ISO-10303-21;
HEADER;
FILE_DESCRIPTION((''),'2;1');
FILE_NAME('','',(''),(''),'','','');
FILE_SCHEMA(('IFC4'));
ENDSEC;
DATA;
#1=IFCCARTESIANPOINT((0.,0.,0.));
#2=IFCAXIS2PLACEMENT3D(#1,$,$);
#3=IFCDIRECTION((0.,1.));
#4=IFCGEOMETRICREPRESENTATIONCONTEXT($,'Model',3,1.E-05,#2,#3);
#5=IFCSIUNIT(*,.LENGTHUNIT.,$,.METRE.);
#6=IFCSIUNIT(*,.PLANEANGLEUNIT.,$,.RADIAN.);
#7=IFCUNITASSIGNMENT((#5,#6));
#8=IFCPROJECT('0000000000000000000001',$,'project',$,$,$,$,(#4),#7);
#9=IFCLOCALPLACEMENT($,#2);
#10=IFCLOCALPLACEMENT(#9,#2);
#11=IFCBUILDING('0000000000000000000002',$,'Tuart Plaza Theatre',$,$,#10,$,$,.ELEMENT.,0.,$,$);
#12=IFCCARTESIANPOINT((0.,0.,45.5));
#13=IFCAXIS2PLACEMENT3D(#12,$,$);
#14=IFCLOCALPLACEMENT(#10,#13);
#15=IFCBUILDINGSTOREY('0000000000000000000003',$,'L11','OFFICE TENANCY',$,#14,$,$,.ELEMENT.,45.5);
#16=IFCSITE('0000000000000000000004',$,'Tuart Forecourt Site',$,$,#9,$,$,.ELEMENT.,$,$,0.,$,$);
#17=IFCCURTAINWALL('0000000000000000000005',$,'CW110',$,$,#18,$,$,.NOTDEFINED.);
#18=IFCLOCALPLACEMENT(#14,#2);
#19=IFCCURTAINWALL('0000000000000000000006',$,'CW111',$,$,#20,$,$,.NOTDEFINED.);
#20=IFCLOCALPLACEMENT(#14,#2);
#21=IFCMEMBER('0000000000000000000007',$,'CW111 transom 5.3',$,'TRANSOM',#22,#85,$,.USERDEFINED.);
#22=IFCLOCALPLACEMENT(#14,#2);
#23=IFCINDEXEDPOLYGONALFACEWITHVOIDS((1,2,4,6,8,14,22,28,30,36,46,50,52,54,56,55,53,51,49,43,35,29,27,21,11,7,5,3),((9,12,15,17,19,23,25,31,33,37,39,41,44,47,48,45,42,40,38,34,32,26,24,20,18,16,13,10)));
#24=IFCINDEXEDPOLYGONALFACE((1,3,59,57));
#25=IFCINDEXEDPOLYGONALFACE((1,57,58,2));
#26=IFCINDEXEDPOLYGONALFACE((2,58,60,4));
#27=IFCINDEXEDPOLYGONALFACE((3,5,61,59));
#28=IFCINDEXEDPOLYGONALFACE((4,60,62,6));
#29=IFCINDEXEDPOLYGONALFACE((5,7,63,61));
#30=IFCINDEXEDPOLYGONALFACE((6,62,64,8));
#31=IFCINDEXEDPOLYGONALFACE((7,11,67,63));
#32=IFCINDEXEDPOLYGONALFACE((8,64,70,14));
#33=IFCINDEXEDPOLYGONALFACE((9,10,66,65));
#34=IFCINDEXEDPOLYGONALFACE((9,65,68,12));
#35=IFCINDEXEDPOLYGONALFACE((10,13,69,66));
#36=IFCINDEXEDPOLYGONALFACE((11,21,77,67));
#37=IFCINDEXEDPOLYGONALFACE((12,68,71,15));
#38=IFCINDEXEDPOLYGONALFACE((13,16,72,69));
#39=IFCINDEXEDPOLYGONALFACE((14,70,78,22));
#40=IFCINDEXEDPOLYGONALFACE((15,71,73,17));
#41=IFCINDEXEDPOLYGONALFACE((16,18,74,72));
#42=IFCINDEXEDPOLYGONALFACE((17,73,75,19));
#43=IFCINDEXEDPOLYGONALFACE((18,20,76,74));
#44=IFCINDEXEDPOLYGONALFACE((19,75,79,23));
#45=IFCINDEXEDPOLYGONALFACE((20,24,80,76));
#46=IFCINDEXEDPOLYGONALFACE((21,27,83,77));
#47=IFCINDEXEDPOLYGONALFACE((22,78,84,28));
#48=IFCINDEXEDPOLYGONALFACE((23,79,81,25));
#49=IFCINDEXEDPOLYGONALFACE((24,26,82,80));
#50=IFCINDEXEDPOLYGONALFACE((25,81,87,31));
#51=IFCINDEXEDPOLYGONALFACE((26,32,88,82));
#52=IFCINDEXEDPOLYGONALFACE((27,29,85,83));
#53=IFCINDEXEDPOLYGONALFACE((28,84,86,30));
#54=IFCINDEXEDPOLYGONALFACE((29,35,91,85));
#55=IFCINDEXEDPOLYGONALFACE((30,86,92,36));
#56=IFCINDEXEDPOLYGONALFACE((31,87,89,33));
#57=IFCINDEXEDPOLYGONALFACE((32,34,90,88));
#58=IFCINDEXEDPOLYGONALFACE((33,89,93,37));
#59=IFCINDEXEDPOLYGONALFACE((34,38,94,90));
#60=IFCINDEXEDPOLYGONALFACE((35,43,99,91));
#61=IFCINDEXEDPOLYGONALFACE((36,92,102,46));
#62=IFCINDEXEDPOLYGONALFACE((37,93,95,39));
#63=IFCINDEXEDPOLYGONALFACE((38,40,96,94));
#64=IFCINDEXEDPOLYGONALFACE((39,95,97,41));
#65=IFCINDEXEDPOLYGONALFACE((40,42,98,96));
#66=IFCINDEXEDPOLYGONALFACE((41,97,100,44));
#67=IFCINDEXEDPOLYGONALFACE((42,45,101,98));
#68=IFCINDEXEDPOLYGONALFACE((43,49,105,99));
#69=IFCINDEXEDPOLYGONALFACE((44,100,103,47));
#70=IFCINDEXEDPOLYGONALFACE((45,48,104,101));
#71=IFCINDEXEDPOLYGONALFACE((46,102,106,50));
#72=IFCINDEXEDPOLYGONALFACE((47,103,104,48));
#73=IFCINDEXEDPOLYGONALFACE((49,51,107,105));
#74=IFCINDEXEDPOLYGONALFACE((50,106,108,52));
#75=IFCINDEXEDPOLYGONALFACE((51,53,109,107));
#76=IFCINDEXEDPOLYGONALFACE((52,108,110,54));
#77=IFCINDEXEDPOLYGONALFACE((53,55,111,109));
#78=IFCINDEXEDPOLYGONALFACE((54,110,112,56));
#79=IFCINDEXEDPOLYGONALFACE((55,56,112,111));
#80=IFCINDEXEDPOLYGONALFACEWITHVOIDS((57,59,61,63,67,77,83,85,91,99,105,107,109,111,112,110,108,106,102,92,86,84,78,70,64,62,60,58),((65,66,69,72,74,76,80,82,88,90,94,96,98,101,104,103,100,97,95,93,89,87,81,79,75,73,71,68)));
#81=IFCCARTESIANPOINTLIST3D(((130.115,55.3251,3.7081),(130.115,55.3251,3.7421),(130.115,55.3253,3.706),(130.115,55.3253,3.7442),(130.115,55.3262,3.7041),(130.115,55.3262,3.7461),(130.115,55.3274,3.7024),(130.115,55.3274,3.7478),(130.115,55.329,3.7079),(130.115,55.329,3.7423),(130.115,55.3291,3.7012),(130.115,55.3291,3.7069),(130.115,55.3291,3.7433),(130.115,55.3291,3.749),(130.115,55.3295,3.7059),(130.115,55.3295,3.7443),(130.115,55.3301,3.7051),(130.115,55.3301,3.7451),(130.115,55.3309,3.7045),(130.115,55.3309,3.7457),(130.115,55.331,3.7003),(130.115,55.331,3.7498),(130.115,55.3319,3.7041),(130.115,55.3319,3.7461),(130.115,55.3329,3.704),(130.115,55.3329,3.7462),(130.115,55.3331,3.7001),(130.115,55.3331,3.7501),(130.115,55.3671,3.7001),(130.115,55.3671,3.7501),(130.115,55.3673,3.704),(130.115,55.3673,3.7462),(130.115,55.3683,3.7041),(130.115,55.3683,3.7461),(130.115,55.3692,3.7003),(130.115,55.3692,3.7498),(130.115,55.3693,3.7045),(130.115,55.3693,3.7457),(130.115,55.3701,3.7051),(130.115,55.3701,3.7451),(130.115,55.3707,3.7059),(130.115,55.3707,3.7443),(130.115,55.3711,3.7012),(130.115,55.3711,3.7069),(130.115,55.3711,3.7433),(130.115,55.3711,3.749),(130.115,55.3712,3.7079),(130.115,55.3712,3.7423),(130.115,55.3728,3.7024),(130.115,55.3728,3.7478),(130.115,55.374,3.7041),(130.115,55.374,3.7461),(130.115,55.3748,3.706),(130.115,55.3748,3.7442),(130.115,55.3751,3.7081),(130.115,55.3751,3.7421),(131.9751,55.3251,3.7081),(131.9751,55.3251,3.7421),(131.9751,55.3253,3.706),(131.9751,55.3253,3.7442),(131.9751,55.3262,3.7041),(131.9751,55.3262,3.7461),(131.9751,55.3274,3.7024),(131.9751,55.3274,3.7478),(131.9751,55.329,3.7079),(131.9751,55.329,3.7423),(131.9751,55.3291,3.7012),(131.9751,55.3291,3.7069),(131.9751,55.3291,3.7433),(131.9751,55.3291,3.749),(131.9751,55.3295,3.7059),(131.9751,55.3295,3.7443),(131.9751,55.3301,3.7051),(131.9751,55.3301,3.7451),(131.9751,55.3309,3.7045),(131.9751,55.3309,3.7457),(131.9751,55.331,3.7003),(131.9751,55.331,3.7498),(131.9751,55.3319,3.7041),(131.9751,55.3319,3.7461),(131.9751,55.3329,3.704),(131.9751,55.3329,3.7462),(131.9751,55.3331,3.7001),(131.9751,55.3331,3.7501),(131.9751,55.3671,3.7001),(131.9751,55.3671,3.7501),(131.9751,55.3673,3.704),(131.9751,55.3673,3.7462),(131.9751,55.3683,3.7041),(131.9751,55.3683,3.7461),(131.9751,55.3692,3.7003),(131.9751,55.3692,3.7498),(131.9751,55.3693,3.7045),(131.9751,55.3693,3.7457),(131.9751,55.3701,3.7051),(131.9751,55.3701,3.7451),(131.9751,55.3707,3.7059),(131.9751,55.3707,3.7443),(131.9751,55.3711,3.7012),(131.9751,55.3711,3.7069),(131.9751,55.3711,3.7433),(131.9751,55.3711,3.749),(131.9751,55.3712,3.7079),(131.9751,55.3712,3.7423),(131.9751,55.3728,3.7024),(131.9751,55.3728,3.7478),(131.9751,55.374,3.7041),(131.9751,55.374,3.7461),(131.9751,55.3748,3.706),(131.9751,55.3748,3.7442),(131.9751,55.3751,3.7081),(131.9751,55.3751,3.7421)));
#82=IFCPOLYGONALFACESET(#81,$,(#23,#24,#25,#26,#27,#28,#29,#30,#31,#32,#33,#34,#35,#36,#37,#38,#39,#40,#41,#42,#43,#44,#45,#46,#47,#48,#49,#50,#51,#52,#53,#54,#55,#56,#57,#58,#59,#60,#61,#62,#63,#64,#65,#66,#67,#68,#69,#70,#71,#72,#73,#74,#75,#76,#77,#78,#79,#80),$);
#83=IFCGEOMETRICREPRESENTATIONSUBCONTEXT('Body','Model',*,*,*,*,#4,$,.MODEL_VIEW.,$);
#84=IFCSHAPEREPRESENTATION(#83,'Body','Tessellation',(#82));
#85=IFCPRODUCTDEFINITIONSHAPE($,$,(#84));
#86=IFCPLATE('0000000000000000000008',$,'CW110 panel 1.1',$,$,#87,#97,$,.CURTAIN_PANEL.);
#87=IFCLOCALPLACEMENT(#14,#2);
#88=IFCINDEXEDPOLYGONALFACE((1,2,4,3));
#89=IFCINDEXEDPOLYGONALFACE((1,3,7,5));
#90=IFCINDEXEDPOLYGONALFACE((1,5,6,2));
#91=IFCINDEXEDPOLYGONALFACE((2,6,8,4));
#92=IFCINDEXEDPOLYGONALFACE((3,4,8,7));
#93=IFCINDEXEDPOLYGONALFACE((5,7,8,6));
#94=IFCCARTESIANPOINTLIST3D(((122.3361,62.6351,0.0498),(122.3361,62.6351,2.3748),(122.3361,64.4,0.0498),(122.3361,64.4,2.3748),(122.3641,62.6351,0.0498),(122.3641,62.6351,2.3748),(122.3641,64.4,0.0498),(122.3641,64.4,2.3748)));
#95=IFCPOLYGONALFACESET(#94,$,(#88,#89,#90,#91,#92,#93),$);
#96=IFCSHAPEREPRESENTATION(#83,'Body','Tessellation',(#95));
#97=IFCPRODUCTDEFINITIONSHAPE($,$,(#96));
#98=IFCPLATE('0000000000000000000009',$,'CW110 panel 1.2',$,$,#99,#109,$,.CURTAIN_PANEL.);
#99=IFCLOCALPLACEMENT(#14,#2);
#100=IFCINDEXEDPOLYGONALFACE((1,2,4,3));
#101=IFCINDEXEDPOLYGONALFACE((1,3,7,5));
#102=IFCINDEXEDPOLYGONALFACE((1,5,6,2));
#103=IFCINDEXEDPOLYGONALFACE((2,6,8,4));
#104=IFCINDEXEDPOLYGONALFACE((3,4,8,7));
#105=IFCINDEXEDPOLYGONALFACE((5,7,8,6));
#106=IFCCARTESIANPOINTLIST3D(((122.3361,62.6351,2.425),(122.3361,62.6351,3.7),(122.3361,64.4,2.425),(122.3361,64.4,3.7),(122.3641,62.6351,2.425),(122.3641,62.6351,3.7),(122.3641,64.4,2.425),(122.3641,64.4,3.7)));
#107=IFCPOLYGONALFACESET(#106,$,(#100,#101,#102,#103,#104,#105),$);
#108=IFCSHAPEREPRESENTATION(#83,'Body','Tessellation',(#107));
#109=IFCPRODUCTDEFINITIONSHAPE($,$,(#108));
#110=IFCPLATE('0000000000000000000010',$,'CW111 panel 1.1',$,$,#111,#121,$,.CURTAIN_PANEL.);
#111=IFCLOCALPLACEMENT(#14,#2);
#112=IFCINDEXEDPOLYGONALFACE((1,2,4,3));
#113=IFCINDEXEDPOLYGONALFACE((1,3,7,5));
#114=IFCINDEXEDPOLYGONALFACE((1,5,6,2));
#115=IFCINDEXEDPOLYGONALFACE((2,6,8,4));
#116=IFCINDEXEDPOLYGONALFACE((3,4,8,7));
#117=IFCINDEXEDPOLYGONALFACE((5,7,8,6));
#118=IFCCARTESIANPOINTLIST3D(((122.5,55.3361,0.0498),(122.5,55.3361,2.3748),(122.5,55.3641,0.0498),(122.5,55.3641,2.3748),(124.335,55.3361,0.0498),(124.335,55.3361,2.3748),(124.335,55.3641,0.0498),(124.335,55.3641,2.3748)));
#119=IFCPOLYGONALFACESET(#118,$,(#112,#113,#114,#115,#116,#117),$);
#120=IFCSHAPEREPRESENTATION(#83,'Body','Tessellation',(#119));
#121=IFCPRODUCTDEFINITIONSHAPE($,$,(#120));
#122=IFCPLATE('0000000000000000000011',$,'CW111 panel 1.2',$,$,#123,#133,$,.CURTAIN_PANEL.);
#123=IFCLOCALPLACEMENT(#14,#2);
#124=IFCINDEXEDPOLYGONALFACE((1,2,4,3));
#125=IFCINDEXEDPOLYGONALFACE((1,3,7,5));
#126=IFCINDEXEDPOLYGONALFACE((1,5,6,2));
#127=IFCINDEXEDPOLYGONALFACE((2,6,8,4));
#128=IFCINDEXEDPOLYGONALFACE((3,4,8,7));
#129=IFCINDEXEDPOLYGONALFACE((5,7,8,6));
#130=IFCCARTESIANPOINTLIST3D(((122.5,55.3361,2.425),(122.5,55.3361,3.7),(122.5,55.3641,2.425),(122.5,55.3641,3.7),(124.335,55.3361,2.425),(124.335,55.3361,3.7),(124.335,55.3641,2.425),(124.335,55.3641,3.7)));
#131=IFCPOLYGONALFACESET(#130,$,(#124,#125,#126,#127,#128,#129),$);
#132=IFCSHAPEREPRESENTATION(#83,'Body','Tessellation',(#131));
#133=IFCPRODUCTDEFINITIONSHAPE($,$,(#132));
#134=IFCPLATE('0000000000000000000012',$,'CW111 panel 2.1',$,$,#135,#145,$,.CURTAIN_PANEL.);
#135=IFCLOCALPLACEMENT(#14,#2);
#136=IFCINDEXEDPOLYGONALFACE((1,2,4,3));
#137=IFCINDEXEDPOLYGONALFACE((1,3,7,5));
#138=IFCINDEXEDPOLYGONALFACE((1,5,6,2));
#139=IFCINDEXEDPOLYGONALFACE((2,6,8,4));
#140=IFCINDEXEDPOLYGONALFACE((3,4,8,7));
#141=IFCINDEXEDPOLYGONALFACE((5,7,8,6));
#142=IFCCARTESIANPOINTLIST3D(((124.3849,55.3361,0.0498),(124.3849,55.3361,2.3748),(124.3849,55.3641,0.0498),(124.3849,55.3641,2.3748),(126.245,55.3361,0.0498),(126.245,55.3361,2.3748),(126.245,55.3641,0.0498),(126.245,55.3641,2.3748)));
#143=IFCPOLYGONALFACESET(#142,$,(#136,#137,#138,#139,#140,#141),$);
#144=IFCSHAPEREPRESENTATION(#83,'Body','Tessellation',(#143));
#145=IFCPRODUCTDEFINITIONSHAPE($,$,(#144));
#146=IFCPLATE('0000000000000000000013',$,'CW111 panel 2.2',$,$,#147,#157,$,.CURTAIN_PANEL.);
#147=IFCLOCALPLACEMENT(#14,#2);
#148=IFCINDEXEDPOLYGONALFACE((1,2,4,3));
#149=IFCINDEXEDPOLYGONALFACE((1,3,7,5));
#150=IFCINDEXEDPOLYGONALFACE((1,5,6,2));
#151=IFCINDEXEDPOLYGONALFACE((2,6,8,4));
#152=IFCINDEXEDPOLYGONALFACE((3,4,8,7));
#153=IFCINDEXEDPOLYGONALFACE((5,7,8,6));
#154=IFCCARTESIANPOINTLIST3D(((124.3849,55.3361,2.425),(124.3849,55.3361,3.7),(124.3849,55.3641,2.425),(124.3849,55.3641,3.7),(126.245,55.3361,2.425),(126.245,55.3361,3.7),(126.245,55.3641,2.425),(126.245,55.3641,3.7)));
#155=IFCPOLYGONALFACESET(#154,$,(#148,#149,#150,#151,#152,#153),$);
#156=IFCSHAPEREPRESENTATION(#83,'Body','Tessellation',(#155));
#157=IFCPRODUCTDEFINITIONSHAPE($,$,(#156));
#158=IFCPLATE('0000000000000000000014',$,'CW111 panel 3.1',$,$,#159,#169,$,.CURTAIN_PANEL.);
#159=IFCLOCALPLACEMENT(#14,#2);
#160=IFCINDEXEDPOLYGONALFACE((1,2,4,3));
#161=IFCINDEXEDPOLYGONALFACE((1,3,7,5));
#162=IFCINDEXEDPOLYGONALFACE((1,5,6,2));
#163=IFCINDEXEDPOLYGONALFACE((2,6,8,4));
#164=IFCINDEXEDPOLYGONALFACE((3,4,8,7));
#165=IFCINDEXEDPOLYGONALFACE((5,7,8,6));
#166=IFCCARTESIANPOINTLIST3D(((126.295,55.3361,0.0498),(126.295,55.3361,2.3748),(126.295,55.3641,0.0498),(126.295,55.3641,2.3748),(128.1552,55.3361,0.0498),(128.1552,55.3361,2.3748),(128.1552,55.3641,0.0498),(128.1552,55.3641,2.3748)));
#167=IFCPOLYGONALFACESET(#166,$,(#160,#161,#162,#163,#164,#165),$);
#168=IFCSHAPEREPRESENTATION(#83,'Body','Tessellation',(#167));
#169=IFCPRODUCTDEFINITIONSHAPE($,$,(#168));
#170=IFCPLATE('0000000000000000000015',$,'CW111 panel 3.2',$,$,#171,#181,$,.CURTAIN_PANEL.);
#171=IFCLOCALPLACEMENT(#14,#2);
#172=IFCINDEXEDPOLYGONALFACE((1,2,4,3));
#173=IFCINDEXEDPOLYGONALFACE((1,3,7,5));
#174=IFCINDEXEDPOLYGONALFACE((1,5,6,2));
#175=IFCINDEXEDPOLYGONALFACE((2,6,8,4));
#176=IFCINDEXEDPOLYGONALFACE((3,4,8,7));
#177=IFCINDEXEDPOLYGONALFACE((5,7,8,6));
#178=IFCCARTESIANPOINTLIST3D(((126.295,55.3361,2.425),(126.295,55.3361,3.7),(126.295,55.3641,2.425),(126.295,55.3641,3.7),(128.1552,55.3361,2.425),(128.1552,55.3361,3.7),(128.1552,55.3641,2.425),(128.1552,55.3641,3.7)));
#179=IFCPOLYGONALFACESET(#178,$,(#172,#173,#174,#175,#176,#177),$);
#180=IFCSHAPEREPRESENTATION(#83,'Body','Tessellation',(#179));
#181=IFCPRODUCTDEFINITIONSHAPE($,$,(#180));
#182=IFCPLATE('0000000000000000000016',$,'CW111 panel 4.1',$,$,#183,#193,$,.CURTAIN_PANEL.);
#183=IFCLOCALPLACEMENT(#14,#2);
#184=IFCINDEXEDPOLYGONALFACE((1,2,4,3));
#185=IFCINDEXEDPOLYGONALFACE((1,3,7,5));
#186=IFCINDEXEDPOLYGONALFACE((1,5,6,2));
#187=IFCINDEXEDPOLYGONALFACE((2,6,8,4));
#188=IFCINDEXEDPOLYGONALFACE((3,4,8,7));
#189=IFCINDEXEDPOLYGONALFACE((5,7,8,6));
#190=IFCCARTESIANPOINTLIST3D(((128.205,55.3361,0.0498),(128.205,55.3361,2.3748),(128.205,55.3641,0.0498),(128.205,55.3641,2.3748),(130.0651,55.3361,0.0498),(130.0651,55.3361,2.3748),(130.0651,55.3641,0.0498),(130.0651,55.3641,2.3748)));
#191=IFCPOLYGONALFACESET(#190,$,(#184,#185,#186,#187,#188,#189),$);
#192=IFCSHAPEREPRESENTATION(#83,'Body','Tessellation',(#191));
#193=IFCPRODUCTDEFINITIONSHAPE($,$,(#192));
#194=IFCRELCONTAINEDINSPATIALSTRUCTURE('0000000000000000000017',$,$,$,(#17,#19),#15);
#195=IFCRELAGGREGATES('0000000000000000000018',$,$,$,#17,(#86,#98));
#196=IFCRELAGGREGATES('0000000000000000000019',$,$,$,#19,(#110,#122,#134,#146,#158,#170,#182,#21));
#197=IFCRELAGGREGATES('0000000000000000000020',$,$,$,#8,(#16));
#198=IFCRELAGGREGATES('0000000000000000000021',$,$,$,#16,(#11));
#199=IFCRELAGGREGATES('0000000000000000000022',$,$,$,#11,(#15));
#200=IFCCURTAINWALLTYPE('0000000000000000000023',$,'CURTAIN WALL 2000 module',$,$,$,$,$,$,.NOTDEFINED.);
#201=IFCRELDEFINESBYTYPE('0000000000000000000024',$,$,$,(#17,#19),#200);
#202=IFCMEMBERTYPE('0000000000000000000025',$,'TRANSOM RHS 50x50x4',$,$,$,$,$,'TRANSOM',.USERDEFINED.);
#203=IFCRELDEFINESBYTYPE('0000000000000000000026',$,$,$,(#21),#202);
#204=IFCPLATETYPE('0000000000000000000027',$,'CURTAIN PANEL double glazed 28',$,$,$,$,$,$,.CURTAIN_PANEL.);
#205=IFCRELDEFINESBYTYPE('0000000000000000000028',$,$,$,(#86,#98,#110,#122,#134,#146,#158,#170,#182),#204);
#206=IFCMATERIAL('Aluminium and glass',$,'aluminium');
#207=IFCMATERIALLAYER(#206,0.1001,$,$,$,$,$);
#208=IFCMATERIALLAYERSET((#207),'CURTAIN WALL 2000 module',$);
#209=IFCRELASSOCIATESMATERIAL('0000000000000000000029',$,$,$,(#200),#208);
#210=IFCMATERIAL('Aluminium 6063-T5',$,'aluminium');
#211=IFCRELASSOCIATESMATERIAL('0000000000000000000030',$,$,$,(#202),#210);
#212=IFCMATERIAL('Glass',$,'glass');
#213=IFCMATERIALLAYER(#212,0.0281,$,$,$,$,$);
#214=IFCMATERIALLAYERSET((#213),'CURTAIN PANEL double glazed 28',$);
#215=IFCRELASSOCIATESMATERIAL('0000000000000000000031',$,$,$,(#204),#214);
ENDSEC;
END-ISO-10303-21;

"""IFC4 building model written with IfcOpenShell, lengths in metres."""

from ifc_helpers import new_model, si_unit, direction, frame, origin, origin_2d, place, context, subcontext, project, spatial, rectangle, hollow_rectangle, extrude, material, layer, layer_set, material_profile, profile_set, type_object, element, aggregate, save


model = new_model("IFC4")

# Units and contexts
model_context = context("Model", 3, precision=1e-05, world=origin(), true_north=direction((0.0, 1.0)))
body_context = subcontext(model_context, "Body", "Model", "MODEL_VIEW")
ifc_project = project(units=[si_unit("LENGTHUNIT", "METRE"), si_unit("PLANEANGLEUNIT", "RADIAN")], contexts=[model_context])

# Site, building, storey
site_placement = place(None, origin())
site = spatial("IfcSite", under=ifc_project, at=site_placement, Name="Tuart Forecourt Site", CompositionType="ELEMENT", RefElevation=0.0)
building_placement = place(site_placement, origin())
building = spatial("IfcBuilding", under=site, at=building_placement, Name="Tuart Plaza Theatre", CompositionType="ELEMENT", ElevationOfRefHeight=0.0)
storey_placement = place(building_placement, frame((0.0, 0.0, 45.5)))
storey = spatial("IfcBuildingStorey", under=building, at=storey_placement, Name="L11", Description="OFFICE TENANCY", CompositionType="ELEMENT", Elevation=45.5)

# Curtain walls
ifc_material_1 = material(Name="Aluminium and glass", Category="aluminium")
ifc_layer_1 = layer(ifc_material_1, 0.1001)
ifc_layer_set_1 = layer_set([ifc_layer_1], Name="CURTAIN WALL 2000 module")
curtain_wall_type = type_object("IfcCurtainWallType", Name="CURTAIN WALL 2000 module", PredefinedType="NOTDEFINED", material=ifc_layer_set_1)
curtain_wall_1_placement = place(storey_placement, origin())
curtain_wall_1 = element("IfcCurtainWall", 1, at=curtain_wall_1_placement, inside=storey, type_object=curtain_wall_type, Name="CW110", PredefinedType="NOTDEFINED")
curtain_wall_2_placement = place(storey_placement, origin())
curtain_wall_2 = element("IfcCurtainWall", 2, at=curtain_wall_2_placement, inside=storey, type_object=curtain_wall_type, Name="CW111", PredefinedType="NOTDEFINED")

# Member
ifc_material_2 = material(Name="Aluminium 6063-T5", Category="aluminium")
ifc_material_profile_1 = material_profile(ifc_material_2, hollow_rectangle(XDim=0.05, YDim=0.05, WallThickness=0.0039, InnerFilletRadius=0.0039, OuterFilletRadius=0.0081, at=origin_2d()), Name="RHS 50x50x4")
ifc_profile_set_1 = profile_set([ifc_material_profile_1], Name="Aluminium 6063-T5")
member_type_1 = type_object("IfcMemberType", Name="TRANSOM RHS 50x50x4", ElementType="TRANSOM", PredefinedType="USERDEFINED", material=ifc_profile_set_1)
member_1_placement = place(storey_placement, frame((130.115, 55.3501, 3.7251), z_axis=(1.0, 0.0, 0.0), x_axis=(0.0, 1.0, 0.0)))
member_1 = element("IfcMember", 3, at=member_1_placement, type_object=member_type_1, Name="CW111 transom 5.3", ObjectType="TRANSOM", PredefinedType="USERDEFINED", context=body_context, shape_type="SweptSolid", body=[
    extrude(hollow_rectangle(XDim=0.05, YDim=0.05, WallThickness=0.0039, InnerFilletRadius=0.0039, OuterFilletRadius=0.0081, at=origin_2d()), origin(), (0.0, 0.0, 1.0), 1.8601),
])

# Plates
ifc_material_3 = material(Name="Glass", Category="glass")
ifc_layer_2 = layer(ifc_material_3, 0.0281)
ifc_layer_set_2 = layer_set([ifc_layer_2], Name="CURTAIN PANEL double glazed 28")
plate_type = type_object("IfcPlateType", Name="CURTAIN PANEL double glazed 28", PredefinedType="CURTAIN_PANEL", material=ifc_layer_set_2)
plate_1_placement = place(storey_placement, frame((122.3501, 63.5176, 0.0498), z_axis=(0.0, 0.0, 1.0), x_axis=(0.0, -1.0, 0.0)))
plate_1 = element("IfcPlate", 4, at=plate_1_placement, type_object=plate_type, Name="CW110 panel 1.1", PredefinedType="CURTAIN_PANEL", context=body_context, shape_type="SweptSolid", body=[
    extrude(rectangle(XDim=1.7649, YDim=0.0281, at=origin_2d()), origin(), (0.0, 0.0, 1.0), 2.325),
])
plate_2_placement = place(storey_placement, frame((122.3501, 63.5176, 2.425), z_axis=(0.0, 0.0, 1.0), x_axis=(0.0, -1.0, 0.0)))
plate_2 = element("IfcPlate", 5, at=plate_2_placement, type_object=plate_type, Name="CW110 panel 1.2", PredefinedType="CURTAIN_PANEL", context=body_context, shape_type="SweptSolid", body=[
    extrude(rectangle(XDim=1.7649, YDim=0.0281, at=origin_2d()), origin(), (0.0, 0.0, 1.0), 1.2749),
])
aggregate(curtain_wall_1, [plate_1, plate_2])
plate_3_placement = place(storey_placement, frame((123.4175, 55.3501, 0.0498), z_axis=(0.0, 0.0, 1.0), x_axis=(1.0, 0.0, 0.0)))
plate_3 = element("IfcPlate", 6, at=plate_3_placement, type_object=plate_type, Name="CW111 panel 1.1", PredefinedType="CURTAIN_PANEL", context=body_context, shape_type="SweptSolid", body=[
    extrude(rectangle(XDim=1.835, YDim=0.0281, at=origin_2d()), origin(), (0.0, 0.0, 1.0), 2.325),
])
plate_4_placement = place(storey_placement, frame((123.4175, 55.3501, 2.425), z_axis=(0.0, 0.0, 1.0), x_axis=(1.0, 0.0, 0.0)))
plate_4 = element("IfcPlate", 7, at=plate_4_placement, type_object=plate_type, Name="CW111 panel 1.2", PredefinedType="CURTAIN_PANEL", context=body_context, shape_type="SweptSolid", body=[
    extrude(rectangle(XDim=1.835, YDim=0.0281, at=origin_2d()), origin(), (0.0, 0.0, 1.0), 1.2749),
])
plate_5_placement = place(storey_placement, frame((125.3149, 55.3501, 0.0498), z_axis=(0.0, 0.0, 1.0), x_axis=(1.0, 0.0, 0.0)))
plate_5 = element("IfcPlate", 8, at=plate_5_placement, type_object=plate_type, Name="CW111 panel 2.1", PredefinedType="CURTAIN_PANEL", context=body_context, shape_type="SweptSolid", body=[
    extrude(rectangle(XDim=1.8601, YDim=0.0281, at=origin_2d()), origin(), (0.0, 0.0, 1.0), 2.325),
])
plate_6_placement = place(storey_placement, frame((125.3149, 55.3501, 2.425), z_axis=(0.0, 0.0, 1.0), x_axis=(1.0, 0.0, 0.0)))
plate_6 = element("IfcPlate", 9, at=plate_6_placement, type_object=plate_type, Name="CW111 panel 2.2", PredefinedType="CURTAIN_PANEL", context=body_context, shape_type="SweptSolid", body=[
    extrude(rectangle(XDim=1.8601, YDim=0.0281, at=origin_2d()), origin(), (0.0, 0.0, 1.0), 1.2749),
])
plate_7_placement = place(storey_placement, frame((127.2251, 55.3501, 0.0498), z_axis=(0.0, 0.0, 1.0), x_axis=(1.0, 0.0, 0.0)))
plate_7 = element("IfcPlate", 10, at=plate_7_placement, type_object=plate_type, Name="CW111 panel 3.1", PredefinedType="CURTAIN_PANEL", context=body_context, shape_type="SweptSolid", body=[
    extrude(rectangle(XDim=1.8601, YDim=0.0281, at=origin_2d()), origin(), (0.0, 0.0, 1.0), 2.325),
])
plate_8_placement = place(storey_placement, frame((127.2251, 55.3501, 2.425), z_axis=(0.0, 0.0, 1.0), x_axis=(1.0, 0.0, 0.0)))
plate_8 = element("IfcPlate", 11, at=plate_8_placement, type_object=plate_type, Name="CW111 panel 3.2", PredefinedType="CURTAIN_PANEL", context=body_context, shape_type="SweptSolid", body=[
    extrude(rectangle(XDim=1.8601, YDim=0.0281, at=origin_2d()), origin(), (0.0, 0.0, 1.0), 1.2749),
])
plate_9_placement = place(storey_placement, frame((129.135, 55.3501, 0.0498), z_axis=(0.0, 0.0, 1.0), x_axis=(1.0, 0.0, 0.0)))
plate_9 = element("IfcPlate", 12, at=plate_9_placement, type_object=plate_type, Name="CW111 panel 4.1", PredefinedType="CURTAIN_PANEL", context=body_context, shape_type="SweptSolid", body=[
    extrude(rectangle(XDim=1.8601, YDim=0.0281, at=origin_2d()), origin(), (0.0, 0.0, 1.0), 2.325),
])
aggregate(curtain_wall_2, [plate_3, plate_4, plate_5, plate_6, plate_7, plate_8, plate_9, member_1])

save(model, "model.ifc")
